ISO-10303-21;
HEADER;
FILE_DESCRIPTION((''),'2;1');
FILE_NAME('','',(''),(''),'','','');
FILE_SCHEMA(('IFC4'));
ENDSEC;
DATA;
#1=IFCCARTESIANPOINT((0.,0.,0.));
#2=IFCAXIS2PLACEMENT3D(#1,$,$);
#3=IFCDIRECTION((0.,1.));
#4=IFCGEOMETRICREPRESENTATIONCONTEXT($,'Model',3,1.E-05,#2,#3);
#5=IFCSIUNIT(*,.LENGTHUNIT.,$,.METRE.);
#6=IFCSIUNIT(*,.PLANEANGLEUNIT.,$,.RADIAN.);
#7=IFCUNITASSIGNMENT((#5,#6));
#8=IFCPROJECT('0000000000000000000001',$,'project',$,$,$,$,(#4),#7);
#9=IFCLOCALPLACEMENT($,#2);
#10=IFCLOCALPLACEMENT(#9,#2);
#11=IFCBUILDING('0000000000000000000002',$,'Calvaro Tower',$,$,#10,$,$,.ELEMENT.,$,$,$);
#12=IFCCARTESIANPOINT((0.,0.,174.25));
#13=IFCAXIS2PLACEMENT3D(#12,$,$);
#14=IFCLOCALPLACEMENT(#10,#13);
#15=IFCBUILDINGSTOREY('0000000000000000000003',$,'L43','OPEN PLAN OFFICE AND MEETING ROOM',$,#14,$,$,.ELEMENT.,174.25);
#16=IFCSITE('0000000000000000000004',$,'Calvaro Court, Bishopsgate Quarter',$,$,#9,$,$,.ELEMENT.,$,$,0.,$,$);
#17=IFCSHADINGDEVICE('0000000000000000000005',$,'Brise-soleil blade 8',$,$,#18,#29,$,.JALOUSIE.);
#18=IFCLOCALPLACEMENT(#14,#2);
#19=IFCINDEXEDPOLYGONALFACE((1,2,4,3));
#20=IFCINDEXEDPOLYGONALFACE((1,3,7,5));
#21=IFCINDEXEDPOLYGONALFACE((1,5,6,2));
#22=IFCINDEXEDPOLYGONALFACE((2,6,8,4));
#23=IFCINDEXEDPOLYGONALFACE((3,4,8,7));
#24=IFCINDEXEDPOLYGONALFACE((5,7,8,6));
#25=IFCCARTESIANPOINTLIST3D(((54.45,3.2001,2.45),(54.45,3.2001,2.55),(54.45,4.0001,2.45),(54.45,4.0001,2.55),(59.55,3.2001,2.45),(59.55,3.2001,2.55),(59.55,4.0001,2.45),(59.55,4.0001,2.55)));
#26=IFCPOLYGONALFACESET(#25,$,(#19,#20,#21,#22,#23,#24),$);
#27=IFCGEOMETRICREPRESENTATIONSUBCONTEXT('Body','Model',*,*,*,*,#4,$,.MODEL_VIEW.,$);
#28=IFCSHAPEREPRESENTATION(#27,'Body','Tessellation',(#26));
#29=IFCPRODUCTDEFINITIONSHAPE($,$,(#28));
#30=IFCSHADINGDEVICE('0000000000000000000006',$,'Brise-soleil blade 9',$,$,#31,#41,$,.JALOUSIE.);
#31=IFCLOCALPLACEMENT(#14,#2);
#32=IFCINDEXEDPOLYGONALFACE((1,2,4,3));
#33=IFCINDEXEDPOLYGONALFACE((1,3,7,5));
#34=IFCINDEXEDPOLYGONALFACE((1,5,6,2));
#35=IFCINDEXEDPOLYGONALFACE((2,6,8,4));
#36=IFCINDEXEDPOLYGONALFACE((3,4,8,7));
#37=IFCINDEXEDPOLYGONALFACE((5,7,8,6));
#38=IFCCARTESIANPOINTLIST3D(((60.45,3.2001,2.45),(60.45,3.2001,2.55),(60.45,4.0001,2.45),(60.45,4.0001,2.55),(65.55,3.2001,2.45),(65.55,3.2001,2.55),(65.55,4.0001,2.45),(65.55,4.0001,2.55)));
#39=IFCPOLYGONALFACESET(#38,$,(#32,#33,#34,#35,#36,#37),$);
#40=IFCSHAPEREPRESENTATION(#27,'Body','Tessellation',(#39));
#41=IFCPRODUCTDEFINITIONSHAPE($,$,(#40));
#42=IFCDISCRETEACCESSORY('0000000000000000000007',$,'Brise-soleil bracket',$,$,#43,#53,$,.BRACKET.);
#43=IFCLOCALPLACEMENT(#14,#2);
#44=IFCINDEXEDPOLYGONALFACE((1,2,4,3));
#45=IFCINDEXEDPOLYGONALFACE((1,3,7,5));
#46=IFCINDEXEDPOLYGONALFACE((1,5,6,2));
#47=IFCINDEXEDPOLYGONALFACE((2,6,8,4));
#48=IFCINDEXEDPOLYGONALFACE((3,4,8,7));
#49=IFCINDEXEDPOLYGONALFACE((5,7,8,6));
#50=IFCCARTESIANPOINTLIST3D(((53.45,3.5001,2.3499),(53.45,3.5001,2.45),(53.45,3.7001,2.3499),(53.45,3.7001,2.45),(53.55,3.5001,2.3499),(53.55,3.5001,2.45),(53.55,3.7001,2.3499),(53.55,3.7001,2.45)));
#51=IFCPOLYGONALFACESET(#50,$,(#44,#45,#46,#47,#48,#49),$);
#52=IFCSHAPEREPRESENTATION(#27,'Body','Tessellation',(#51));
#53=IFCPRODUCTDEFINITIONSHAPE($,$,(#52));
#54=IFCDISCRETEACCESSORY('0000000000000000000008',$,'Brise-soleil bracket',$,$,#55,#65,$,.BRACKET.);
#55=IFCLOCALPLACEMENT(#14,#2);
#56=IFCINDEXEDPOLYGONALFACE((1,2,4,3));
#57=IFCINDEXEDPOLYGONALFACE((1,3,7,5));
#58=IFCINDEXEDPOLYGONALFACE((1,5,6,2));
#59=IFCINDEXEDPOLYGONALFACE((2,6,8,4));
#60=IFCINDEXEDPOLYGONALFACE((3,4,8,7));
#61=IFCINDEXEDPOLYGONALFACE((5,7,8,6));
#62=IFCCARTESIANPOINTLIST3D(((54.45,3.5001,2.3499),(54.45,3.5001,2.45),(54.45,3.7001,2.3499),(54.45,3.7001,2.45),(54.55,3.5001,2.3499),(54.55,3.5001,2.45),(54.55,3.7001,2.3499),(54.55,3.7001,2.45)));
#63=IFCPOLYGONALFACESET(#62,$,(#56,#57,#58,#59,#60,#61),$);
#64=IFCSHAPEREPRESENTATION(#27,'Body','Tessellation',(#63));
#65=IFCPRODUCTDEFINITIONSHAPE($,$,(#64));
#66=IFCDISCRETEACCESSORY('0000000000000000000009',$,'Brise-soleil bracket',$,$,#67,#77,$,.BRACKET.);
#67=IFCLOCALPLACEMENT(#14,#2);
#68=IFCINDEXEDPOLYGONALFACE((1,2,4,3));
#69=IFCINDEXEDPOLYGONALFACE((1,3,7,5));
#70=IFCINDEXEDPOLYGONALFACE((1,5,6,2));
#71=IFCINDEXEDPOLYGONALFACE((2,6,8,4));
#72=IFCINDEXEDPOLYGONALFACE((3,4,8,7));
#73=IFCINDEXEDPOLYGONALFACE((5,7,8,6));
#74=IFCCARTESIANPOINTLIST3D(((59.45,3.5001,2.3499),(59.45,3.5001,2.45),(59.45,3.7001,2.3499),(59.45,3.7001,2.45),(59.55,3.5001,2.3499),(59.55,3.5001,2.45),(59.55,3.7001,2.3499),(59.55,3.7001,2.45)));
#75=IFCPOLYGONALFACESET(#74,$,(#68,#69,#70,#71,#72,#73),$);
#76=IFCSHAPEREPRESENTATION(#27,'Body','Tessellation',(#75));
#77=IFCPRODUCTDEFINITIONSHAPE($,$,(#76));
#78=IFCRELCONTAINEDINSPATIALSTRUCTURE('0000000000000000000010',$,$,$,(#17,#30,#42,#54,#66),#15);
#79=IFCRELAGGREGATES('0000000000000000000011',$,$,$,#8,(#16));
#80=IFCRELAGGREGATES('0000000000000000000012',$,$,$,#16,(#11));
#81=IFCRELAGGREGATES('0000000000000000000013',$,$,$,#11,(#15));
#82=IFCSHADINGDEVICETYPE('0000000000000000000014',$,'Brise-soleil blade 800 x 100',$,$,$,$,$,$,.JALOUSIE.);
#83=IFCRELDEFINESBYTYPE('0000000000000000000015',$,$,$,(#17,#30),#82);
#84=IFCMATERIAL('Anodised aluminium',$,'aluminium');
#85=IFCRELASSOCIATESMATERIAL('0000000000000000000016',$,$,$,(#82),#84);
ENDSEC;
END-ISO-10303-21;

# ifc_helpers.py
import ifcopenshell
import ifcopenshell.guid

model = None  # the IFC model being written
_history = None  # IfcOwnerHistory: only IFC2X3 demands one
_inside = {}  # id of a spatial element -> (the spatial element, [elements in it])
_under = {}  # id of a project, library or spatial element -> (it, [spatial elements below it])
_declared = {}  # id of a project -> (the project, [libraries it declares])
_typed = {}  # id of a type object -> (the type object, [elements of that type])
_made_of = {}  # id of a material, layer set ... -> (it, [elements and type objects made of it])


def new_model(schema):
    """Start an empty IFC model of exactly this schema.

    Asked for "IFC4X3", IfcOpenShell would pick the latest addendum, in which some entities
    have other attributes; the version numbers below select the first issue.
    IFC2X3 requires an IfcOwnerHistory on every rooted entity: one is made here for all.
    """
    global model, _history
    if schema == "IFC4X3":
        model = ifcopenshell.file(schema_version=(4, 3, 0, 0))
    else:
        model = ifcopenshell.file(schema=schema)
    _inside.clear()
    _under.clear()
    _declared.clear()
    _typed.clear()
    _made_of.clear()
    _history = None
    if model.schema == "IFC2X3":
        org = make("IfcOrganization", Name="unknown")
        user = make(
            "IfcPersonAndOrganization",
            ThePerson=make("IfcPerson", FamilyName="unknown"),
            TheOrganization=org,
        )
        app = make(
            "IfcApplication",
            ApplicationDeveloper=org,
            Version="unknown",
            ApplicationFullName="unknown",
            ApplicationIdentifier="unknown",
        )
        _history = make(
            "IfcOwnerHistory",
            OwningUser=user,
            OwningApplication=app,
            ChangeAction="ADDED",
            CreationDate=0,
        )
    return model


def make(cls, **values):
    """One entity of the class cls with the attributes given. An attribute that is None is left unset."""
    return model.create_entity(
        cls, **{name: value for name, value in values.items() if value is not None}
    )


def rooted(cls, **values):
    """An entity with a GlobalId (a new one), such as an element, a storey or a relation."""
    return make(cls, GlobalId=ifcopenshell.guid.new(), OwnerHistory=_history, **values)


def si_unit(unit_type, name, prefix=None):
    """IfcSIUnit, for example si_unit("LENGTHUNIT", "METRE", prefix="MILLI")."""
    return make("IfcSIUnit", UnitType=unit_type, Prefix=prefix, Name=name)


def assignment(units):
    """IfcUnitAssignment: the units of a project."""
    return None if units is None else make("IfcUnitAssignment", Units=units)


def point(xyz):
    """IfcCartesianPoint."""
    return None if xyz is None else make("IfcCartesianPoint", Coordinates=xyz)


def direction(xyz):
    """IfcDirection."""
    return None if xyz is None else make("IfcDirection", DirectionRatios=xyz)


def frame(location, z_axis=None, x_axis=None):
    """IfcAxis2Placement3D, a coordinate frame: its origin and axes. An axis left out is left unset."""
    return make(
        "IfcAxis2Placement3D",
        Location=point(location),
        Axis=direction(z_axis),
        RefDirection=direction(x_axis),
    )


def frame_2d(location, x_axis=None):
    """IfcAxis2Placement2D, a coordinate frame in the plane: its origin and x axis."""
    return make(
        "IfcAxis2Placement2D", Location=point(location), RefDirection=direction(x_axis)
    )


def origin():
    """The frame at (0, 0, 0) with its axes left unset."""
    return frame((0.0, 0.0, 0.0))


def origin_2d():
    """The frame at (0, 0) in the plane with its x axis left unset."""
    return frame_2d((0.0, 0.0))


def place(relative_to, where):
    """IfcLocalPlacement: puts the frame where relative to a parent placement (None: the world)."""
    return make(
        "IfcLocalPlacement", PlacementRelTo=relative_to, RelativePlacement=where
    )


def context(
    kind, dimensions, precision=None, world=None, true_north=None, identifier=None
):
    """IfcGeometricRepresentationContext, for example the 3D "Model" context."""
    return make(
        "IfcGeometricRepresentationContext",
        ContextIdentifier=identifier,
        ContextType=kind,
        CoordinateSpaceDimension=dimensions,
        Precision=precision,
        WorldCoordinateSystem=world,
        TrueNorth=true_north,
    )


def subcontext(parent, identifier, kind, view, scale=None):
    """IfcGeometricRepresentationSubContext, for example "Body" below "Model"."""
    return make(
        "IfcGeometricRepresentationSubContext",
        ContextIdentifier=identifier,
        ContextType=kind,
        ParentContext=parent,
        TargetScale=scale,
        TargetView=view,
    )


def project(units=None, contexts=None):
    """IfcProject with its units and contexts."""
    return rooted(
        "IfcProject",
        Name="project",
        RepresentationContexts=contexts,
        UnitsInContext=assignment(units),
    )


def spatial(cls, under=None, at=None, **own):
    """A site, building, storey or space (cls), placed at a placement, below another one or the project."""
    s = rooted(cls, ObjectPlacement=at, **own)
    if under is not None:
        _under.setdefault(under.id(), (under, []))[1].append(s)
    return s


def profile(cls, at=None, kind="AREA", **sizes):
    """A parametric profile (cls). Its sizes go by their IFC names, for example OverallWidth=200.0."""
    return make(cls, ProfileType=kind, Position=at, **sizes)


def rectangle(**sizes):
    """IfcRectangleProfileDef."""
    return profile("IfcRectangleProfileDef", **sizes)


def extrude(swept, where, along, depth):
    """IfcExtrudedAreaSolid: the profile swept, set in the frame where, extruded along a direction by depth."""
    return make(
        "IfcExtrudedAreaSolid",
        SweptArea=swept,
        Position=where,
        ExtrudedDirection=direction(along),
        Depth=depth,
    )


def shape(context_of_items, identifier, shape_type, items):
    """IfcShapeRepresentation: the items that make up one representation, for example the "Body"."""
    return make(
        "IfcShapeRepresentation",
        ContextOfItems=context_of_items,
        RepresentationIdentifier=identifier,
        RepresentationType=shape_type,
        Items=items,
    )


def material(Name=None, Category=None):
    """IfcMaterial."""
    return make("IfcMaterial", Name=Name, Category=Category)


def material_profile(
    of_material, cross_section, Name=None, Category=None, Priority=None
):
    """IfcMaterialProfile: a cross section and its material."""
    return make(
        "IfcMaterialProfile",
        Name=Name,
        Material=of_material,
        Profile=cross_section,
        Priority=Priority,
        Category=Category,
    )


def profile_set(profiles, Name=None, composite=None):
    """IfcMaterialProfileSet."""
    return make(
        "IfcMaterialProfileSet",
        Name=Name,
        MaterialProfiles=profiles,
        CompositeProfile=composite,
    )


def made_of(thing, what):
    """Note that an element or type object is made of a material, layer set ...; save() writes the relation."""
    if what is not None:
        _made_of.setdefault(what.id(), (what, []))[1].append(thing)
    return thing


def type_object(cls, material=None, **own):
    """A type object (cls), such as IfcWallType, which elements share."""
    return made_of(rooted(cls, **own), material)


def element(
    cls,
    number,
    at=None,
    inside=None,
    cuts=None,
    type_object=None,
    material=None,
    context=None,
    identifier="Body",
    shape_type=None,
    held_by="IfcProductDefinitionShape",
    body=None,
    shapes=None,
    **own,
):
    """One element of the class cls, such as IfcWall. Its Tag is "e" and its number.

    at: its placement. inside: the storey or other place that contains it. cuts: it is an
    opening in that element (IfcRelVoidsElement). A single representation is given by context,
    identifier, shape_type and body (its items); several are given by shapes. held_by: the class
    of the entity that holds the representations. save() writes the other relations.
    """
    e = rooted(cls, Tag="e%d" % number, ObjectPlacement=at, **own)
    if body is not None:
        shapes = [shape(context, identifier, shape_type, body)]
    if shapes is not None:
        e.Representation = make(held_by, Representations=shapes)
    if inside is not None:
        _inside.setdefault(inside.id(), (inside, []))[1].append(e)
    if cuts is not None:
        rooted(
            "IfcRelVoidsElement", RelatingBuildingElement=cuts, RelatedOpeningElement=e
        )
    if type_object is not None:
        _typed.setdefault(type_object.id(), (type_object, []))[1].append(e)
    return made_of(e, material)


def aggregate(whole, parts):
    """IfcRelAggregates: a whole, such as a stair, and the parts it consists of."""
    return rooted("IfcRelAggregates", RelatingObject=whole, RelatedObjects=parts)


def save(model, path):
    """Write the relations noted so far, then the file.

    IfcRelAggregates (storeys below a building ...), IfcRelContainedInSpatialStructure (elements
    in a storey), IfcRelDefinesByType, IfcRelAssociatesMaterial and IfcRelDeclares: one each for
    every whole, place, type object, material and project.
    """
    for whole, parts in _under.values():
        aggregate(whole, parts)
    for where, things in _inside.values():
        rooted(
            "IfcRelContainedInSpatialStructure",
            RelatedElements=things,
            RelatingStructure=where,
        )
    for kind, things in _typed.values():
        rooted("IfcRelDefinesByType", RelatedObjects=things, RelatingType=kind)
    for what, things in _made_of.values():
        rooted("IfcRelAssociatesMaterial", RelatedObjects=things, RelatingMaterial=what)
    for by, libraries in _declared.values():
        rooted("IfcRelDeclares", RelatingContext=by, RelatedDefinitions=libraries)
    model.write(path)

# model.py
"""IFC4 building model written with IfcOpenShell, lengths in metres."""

from ifc_helpers import new_model, si_unit, direction, frame, origin, origin_2d, place, context, subcontext, project, spatial, rectangle, extrude, material, material_profile, profile_set, type_object, element, save


model = new_model("IFC4")

# Units and contexts
model_context = context("Model", 3, precision=1e-05, world=origin(), true_north=direction((0.0, 1.0)))
body_context = subcontext(model_context, "Body", "Model", "MODEL_VIEW")
ifc_project = project(units=[si_unit("LENGTHUNIT", "METRE"), si_unit("PLANEANGLEUNIT", "RADIAN")], contexts=[model_context])

# Site, building, storey
site_placement = place(None, origin())
site = spatial("IfcSite", under=ifc_project, at=site_placement, Name="Calvaro Court, Bishopsgate Quarter", CompositionType="ELEMENT", RefElevation=0.0)
building_placement = place(site_placement, origin())
building = spatial("IfcBuilding", under=site, at=building_placement, Name="Calvaro Tower", CompositionType="ELEMENT")
storey_placement = place(building_placement, frame((0.0, 0.0, 174.25)))
storey = spatial("IfcBuildingStorey", under=building, at=storey_placement, Name="L43", Description="OPEN PLAN OFFICE AND MEETING ROOM", CompositionType="ELEMENT", Elevation=174.25)

# Shading devices
ifc_material_1 = material(Name="Anodised aluminium", Category="aluminium")
ifc_material_profile_1 = material_profile(ifc_material_1, rectangle(XDim=0.8, YDim=0.1001, at=origin_2d()), Name="Brise-soleil blade 800 x 100")
ifc_profile_set_1 = profile_set([ifc_material_profile_1], Name="Anodised aluminium")
shading_device_type = type_object("IfcShadingDeviceType", Name="Brise-soleil blade 800 x 100", PredefinedType="JALOUSIE", material=ifc_profile_set_1)
for number, where, z_axis, x_axis, name in (
    (1, (54.45, 3.6001, 2.5), (1.0, 0.0, 0.0), (0.0, 1.0, 0.0), "Brise-soleil blade 8"),
    (2, (60.45, 3.6001, 2.5), (1.0, 0.0, 0.0), (0.0, 1.0, 0.0), "Brise-soleil blade 9"),
):
    element("IfcShadingDevice", number, at=place(storey_placement, frame(where, z_axis=z_axis, x_axis=x_axis)), inside=storey, type_object=shading_device_type, Name=name, PredefinedType="JALOUSIE", context=body_context, shape_type="SweptSolid", body=[
        extrude(rectangle(XDim=0.8, YDim=0.1001, at=origin_2d()), origin(), (0.0, 0.0, 1.0), 5.1001),
    ])

# Discrete accessories
for number, where, z_axis, x_axis, name in (
    (3, (53.5, 3.6001, 2.3499), (0.0, 0.0, 1.0), (1.0, 0.0, 0.0), "Brise-soleil bracket"),
    (4, (54.5, 3.6001, 2.3499), (0.0, 0.0, 1.0), (1.0, 0.0, 0.0), "Brise-soleil bracket"),
    (5, (59.5, 3.6001, 2.3499), (0.0, 0.0, 1.0), (1.0, 0.0, 0.0), "Brise-soleil bracket"),
):
    element("IfcDiscreteAccessory", number, at=place(storey_placement, frame(where, z_axis=z_axis, x_axis=x_axis)), inside=storey, Name=name, PredefinedType="BRACKET", context=body_context, shape_type="SweptSolid", body=[
        extrude(rectangle(XDim=0.1001, YDim=0.2, at=origin_2d()), origin(), (0.0, 0.0, 1.0), 0.1001),
    ])

save(model, "model.ifc")
